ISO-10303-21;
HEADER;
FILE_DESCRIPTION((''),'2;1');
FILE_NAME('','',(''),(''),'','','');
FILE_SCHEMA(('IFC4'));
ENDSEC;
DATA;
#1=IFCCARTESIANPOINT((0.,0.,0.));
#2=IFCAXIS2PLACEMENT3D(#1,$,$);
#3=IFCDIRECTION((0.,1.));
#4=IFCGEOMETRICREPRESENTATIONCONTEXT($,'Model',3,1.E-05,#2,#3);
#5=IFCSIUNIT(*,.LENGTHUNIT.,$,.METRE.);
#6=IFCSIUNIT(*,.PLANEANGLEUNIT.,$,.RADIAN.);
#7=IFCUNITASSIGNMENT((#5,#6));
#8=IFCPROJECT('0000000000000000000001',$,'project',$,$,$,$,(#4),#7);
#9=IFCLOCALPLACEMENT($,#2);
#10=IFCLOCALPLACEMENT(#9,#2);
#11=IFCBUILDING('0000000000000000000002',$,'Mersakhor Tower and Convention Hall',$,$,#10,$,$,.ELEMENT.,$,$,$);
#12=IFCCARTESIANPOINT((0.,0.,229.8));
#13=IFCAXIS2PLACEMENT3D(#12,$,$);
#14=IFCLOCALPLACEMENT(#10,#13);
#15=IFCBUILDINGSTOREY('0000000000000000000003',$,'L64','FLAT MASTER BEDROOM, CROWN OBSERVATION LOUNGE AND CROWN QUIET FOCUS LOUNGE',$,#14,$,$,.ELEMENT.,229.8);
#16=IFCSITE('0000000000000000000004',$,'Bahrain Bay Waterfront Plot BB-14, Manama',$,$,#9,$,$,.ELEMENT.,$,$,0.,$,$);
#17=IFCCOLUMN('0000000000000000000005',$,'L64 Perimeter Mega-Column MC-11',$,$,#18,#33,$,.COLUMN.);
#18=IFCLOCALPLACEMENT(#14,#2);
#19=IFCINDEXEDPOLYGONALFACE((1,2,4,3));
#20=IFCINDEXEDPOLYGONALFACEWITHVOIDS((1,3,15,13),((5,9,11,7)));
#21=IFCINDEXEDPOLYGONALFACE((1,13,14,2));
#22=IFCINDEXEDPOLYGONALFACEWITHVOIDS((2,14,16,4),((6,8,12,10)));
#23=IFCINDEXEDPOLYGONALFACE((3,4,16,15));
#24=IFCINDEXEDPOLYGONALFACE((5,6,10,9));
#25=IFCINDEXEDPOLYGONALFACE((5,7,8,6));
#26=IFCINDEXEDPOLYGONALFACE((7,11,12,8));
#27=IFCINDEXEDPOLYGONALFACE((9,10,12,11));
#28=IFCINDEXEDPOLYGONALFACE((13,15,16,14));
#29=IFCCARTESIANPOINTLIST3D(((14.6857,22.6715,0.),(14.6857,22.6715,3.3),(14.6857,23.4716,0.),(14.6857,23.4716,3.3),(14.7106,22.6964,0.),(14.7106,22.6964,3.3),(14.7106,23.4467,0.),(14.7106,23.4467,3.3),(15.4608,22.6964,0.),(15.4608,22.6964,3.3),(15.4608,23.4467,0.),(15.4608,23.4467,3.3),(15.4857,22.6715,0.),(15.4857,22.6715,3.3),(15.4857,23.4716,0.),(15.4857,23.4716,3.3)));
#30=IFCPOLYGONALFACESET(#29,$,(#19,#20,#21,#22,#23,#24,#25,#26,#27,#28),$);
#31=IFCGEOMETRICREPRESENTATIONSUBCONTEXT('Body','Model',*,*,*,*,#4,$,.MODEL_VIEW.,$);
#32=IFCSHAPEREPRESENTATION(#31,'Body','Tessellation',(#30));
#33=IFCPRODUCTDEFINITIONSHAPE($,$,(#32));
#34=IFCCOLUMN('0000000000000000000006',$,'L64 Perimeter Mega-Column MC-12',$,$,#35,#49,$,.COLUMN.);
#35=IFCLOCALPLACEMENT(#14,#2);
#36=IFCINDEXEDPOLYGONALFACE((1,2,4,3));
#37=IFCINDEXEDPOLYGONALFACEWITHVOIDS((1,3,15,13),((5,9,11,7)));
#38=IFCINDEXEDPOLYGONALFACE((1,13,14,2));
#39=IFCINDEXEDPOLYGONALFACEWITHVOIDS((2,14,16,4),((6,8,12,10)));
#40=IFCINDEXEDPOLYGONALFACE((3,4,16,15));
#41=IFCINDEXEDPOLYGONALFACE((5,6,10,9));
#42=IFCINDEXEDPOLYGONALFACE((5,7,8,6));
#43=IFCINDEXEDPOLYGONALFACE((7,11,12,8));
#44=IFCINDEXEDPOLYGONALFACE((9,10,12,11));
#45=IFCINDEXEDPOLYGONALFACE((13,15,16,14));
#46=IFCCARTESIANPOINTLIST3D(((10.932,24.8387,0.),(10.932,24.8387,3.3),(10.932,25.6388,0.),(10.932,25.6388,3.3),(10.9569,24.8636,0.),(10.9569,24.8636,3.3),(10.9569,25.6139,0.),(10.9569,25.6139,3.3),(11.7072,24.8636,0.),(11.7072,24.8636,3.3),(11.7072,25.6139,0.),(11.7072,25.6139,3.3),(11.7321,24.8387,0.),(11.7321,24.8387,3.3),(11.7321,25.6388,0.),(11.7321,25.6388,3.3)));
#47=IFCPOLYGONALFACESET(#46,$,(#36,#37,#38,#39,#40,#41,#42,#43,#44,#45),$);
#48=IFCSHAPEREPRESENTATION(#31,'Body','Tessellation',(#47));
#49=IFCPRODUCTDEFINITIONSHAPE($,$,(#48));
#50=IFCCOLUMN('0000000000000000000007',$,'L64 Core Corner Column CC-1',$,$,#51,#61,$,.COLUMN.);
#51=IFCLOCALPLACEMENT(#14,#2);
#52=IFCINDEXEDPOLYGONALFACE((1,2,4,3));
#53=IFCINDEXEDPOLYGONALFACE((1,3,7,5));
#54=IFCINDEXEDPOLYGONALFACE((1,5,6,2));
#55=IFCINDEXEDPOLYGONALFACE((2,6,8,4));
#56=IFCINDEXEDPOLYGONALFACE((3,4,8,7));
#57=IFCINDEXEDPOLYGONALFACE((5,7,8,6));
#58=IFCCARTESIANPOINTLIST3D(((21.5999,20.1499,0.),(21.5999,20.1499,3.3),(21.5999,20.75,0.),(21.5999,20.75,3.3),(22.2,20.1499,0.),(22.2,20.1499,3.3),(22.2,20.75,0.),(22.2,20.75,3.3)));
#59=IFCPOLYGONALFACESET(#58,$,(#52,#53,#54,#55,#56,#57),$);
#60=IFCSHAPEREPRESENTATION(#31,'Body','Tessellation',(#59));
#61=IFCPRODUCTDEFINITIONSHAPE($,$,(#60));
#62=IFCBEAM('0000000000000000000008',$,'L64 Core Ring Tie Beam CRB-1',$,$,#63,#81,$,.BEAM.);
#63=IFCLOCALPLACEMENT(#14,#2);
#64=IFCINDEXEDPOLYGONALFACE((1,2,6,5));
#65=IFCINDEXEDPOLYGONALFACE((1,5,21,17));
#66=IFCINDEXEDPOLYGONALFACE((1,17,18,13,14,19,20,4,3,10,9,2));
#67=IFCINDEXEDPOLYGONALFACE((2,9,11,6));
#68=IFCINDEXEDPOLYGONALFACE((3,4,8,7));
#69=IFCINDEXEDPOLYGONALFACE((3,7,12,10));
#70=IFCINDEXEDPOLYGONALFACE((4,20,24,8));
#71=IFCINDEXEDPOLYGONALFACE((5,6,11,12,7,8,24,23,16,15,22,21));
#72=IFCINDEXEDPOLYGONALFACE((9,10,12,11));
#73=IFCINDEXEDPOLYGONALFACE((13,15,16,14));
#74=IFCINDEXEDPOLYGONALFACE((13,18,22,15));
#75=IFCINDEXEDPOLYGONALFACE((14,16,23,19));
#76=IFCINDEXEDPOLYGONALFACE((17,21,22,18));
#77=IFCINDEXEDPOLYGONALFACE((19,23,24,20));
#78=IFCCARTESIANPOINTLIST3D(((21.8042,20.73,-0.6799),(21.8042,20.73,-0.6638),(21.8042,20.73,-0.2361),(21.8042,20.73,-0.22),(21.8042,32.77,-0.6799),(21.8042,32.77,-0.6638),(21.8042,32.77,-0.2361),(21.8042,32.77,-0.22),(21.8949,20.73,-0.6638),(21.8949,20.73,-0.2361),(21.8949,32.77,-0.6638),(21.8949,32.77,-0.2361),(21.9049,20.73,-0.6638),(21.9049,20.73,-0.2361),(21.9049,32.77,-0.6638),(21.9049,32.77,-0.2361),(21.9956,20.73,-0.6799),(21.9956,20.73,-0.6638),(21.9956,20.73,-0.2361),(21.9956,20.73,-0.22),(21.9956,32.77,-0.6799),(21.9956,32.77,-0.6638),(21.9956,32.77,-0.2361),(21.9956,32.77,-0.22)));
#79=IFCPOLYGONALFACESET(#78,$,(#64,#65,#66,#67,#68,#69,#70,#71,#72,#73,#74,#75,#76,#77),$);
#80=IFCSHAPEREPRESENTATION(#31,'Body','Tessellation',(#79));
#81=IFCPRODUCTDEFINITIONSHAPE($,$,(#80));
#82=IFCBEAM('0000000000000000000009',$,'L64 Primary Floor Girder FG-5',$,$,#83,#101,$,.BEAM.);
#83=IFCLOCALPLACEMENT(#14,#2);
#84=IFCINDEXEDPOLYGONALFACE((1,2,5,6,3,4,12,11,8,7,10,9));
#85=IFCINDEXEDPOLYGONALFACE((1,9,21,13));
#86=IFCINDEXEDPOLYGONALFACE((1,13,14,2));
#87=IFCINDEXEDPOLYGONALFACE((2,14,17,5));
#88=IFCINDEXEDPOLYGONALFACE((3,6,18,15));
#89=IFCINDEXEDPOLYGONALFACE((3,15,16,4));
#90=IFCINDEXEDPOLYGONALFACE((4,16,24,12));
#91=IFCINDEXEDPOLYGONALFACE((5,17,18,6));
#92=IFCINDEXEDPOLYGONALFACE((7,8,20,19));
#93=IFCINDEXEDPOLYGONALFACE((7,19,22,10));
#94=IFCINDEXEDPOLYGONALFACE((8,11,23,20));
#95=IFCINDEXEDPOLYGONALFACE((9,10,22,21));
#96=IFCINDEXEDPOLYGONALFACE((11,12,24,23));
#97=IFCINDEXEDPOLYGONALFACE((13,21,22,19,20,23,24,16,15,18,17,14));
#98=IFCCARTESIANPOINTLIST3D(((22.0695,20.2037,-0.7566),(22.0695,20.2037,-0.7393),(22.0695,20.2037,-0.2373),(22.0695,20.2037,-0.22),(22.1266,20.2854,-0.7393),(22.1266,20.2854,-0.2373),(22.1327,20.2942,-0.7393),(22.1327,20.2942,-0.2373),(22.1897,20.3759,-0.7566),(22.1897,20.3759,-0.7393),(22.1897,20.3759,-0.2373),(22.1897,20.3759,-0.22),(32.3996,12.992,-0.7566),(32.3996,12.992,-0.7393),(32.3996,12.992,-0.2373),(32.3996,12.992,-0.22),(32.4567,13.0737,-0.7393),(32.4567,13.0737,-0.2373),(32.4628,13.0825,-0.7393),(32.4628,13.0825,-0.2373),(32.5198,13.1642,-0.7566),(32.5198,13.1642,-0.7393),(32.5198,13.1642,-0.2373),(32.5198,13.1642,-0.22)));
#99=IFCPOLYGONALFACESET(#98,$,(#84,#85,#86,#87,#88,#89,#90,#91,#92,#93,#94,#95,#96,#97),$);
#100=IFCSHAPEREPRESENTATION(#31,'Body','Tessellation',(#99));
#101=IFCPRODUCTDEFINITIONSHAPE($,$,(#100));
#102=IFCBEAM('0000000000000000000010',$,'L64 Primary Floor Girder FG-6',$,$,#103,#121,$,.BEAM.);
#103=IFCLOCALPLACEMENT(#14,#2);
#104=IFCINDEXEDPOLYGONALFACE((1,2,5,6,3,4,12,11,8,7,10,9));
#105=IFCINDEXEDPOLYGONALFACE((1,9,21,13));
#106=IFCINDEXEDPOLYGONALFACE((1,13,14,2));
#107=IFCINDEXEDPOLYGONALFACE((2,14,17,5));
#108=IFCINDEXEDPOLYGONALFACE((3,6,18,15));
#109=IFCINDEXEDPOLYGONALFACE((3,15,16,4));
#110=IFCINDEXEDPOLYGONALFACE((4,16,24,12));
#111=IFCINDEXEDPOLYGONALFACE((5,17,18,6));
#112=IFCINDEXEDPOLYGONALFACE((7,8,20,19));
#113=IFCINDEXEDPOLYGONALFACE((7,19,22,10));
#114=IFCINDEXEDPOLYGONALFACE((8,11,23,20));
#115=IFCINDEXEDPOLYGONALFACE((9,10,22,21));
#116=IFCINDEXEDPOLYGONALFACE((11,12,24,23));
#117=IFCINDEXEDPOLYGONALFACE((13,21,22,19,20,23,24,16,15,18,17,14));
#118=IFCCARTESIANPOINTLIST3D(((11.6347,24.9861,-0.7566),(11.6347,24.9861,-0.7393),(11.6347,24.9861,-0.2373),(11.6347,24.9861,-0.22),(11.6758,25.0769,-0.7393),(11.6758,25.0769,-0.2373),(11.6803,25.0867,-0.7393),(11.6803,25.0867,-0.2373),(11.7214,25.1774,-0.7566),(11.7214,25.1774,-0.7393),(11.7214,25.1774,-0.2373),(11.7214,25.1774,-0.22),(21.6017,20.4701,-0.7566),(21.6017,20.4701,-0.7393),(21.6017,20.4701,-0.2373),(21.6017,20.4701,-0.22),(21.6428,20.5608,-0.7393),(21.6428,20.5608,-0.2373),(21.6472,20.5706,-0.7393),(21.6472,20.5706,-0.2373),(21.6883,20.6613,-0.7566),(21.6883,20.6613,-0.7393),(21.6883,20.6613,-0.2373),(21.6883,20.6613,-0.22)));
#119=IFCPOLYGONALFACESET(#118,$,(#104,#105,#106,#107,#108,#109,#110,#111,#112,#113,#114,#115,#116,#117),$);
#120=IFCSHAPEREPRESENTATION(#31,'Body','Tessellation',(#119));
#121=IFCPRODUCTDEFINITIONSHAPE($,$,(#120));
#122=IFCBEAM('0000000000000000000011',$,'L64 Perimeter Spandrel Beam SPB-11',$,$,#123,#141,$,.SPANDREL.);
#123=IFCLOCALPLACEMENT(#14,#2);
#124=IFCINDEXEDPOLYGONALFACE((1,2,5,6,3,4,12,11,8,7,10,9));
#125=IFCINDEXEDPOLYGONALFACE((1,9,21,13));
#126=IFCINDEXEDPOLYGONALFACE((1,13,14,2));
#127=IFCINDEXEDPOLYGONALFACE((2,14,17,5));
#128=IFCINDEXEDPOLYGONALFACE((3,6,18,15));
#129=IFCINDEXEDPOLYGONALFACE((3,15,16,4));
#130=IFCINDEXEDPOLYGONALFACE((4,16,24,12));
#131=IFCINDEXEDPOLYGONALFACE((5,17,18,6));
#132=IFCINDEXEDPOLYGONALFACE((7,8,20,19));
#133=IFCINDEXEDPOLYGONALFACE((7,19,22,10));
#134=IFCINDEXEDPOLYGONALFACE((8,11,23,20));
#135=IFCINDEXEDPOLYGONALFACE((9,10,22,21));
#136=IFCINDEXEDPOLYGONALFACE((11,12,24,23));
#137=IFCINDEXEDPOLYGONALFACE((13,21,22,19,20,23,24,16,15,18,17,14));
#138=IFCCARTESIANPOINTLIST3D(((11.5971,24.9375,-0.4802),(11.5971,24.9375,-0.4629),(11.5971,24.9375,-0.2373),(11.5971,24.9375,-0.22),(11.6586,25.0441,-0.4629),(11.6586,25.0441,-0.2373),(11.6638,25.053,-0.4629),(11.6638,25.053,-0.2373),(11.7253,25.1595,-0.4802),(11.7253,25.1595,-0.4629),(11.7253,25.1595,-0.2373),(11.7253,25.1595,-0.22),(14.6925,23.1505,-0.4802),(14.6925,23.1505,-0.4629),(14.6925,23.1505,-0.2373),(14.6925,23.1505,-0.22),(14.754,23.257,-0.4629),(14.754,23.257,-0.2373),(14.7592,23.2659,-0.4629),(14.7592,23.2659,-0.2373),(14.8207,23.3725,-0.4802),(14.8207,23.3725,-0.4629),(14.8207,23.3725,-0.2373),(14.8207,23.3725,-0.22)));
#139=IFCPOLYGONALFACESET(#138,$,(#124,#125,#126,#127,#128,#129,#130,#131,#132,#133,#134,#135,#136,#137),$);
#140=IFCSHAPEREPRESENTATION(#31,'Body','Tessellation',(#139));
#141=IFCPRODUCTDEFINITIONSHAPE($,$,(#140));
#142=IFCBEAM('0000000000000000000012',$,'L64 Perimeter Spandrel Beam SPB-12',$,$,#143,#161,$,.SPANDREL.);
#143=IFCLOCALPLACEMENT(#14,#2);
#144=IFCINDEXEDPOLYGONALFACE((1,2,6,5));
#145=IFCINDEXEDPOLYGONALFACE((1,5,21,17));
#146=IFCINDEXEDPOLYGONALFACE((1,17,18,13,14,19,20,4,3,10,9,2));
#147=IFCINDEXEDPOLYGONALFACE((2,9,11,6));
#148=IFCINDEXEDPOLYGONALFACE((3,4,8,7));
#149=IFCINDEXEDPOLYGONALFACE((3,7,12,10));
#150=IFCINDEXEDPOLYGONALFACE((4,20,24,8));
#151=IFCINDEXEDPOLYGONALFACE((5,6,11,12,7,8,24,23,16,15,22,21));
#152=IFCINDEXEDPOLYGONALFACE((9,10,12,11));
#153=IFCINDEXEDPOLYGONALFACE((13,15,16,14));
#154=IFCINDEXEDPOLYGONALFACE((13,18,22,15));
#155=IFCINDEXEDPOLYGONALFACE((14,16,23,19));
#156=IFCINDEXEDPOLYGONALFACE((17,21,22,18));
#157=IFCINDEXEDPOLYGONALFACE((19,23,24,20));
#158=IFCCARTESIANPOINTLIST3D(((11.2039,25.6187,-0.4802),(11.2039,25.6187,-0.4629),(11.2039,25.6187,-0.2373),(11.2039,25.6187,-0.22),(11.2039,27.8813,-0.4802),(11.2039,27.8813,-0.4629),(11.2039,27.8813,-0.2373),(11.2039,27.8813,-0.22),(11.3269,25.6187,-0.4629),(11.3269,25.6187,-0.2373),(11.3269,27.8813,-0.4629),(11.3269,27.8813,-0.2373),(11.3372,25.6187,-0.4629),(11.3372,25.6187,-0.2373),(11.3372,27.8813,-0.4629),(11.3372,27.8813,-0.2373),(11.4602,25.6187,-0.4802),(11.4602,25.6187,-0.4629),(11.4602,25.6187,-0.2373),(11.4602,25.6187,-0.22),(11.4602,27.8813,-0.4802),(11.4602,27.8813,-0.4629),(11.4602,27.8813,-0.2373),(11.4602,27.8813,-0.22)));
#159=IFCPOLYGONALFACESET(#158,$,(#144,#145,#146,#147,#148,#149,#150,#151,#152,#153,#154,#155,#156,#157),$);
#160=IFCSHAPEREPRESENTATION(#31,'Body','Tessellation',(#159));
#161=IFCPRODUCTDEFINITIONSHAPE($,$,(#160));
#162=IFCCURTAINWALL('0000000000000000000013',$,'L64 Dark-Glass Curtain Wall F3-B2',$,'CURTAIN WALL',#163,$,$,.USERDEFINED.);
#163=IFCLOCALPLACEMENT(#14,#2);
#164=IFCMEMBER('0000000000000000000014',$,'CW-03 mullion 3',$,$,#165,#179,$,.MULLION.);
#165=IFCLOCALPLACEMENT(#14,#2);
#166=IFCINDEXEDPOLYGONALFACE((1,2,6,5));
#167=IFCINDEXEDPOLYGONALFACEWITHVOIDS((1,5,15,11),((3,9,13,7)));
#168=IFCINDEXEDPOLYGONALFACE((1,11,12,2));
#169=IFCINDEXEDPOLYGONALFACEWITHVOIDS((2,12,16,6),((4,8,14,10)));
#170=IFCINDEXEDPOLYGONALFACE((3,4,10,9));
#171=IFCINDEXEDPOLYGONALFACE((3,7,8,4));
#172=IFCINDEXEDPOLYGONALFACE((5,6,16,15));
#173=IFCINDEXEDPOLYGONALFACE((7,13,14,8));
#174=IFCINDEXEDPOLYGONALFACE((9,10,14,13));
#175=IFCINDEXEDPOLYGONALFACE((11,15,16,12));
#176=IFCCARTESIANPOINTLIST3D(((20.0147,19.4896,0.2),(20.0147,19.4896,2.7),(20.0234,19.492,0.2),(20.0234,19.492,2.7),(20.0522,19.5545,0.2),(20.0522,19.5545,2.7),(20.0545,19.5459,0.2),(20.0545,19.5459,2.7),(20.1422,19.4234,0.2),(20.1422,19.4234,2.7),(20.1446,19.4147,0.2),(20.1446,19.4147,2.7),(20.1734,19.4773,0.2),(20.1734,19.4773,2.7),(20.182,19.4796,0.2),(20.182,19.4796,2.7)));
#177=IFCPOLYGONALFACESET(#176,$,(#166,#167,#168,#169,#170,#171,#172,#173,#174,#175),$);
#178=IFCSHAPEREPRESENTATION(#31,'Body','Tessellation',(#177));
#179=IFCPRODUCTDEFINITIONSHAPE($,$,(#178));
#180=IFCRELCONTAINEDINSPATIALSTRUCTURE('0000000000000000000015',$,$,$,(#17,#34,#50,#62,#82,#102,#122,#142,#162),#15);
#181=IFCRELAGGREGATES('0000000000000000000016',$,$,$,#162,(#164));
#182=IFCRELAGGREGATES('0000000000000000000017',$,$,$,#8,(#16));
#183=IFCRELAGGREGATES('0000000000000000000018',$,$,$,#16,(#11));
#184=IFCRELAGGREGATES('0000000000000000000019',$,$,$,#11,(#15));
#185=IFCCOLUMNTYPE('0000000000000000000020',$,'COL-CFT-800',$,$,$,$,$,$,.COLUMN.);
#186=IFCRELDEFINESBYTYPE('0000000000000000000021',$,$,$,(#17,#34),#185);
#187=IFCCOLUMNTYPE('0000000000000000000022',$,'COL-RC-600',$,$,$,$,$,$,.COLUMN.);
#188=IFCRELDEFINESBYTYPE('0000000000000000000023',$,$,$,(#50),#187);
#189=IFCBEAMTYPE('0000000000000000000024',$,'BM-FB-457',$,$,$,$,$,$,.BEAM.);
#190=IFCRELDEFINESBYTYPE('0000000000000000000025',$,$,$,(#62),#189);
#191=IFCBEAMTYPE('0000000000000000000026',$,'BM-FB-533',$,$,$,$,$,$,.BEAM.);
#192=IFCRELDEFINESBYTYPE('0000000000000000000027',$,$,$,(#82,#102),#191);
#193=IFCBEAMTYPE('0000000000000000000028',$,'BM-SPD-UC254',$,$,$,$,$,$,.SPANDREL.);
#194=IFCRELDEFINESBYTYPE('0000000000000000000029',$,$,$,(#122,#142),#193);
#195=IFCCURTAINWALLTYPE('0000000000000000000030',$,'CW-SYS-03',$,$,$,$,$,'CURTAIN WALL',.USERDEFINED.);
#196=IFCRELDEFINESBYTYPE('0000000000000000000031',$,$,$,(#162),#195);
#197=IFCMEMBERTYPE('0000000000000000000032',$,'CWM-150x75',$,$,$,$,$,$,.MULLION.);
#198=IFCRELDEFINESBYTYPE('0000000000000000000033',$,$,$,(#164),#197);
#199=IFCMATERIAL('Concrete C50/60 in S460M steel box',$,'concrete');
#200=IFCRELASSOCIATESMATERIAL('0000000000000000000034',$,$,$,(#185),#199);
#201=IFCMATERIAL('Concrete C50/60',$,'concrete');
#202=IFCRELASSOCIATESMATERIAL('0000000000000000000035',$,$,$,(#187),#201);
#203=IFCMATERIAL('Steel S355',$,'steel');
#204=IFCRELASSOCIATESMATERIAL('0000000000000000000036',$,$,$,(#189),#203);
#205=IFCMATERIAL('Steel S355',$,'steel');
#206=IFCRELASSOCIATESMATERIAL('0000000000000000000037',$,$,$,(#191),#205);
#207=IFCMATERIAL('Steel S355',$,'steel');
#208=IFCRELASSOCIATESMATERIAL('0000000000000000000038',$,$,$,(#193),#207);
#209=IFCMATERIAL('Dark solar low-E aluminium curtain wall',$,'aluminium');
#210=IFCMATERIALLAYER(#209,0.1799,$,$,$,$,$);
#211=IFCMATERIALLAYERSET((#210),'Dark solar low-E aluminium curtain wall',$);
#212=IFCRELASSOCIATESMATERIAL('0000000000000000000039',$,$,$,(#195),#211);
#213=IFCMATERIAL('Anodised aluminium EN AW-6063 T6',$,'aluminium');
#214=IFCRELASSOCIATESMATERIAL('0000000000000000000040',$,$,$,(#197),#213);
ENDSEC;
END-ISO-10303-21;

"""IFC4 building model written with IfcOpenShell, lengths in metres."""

from ifc_helpers import new_model, si_unit, direction, frame, origin, origin_2d, place, context, subcontext, project, spatial, rectangle, hollow_rectangle, i_section, extrude, material, layer, layer_set, material_profile, profile_set, type_object, element, aggregate, save


model = new_model("IFC4")

# Units and contexts
model_context = context("Model", 3, precision=1e-05, world=origin(), true_north=direction((0.0, 1.0)))
body_context = subcontext(model_context, "Body", "Model", "MODEL_VIEW")
ifc_project = project(units=[si_unit("LENGTHUNIT", "METRE"), si_unit("PLANEANGLEUNIT", "RADIAN")], contexts=[model_context])

# Site, building, storey
site_placement = place(None, origin())
site = spatial("IfcSite", under=ifc_project, at=site_placement, Name="Bahrain Bay Waterfront Plot BB-14, Manama", CompositionType="ELEMENT", RefElevation=0.0)
building_placement = place(site_placement, origin())
building = spatial("IfcBuilding", under=site, at=building_placement, Name="Mersakhor Tower and Convention Hall", CompositionType="ELEMENT")
storey_placement = place(building_placement, frame((0.0, 0.0, 229.8)))
storey = spatial("IfcBuildingStorey", under=building, at=storey_placement, Name="L64", Description="FLAT MASTER BEDROOM, CROWN OBSERVATION LOUNGE AND CROWN QUIET FOCUS LOUNGE", CompositionType="ELEMENT", Elevation=229.8)

# Columns
ifc_material_1 = material(Name="Concrete C50/60 in S460M steel box", Category="concrete")
ifc_material_profile_1 = material_profile(ifc_material_1, hollow_rectangle(XDim=0.8, YDim=0.8, WallThickness=0.0249, at=origin_2d()), Name="SHS 800x800x25")
ifc_profile_set_1 = profile_set([ifc_material_profile_1], Name="Concrete C50/60 in S460M steel box")
column_type_1 = type_object("IfcColumnType", Name="COL-CFT-800", PredefinedType="COLUMN", material=ifc_profile_set_1)
for number, where, z_axis, x_axis, name in (
    (1, (15.0857, 23.0715, 0.0), (0.0, 0.0, 1.0), (1.0, 0.0, 0.0), "L64 Perimeter Mega-Column MC-11"),
    (2, (11.332, 25.2388, 0.0), (0.0, 0.0, 1.0), (1.0, 0.0, 0.0), "L64 Perimeter Mega-Column MC-12"),
):
    element("IfcColumn", number, at=place(storey_placement, frame(where, z_axis=z_axis, x_axis=x_axis)), inside=storey, type_object=column_type_1, Name=name, PredefinedType="COLUMN", context=body_context, shape_type="SweptSolid", body=[
        extrude(hollow_rectangle(XDim=0.8, YDim=0.8, WallThickness=0.0249, at=origin_2d()), origin(), (0.0, 0.0, 1.0), 3.3),
    ])
ifc_material_2 = material(Name="Concrete C50/60", Category="concrete")
ifc_material_profile_2 = material_profile(ifc_material_2, rectangle(XDim=0.6001, YDim=0.6001, at=origin_2d()), Name="RC 600x600")
ifc_profile_set_2 = profile_set([ifc_material_profile_2], Name="Concrete C50/60")
column_type_2 = type_object("IfcColumnType", Name="COL-RC-600", PredefinedType="COLUMN", material=ifc_profile_set_2)
column_placement = place(storey_placement, frame((21.8999, 20.45, 0.0), z_axis=(0.0, 0.0, 1.0), x_axis=(1.0, 0.0, 0.0)))
element("IfcColumn", 3, at=column_placement, inside=storey, type_object=column_type_2, Name="L64 Core Corner Column CC-1", PredefinedType="COLUMN", context=body_context, shape_type="SweptSolid", body=[
    extrude(rectangle(XDim=0.6001, YDim=0.6001, at=origin_2d()), origin(), (0.0, 0.0, 1.0), 3.3),
])

# Beams
ifc_material_3 = material(Name="Steel S355", Category="steel")
ifc_material_profile_3 = material_profile(ifc_material_3, i_section(OverallWidth=0.1914, OverallDepth=0.46, WebThickness=0.01, FlangeThickness=0.0161, at=origin_2d()), Name="UB 457x191x82")
ifc_profile_set_3 = profile_set([ifc_material_profile_3], Name="Steel S355")
beam_type_1 = type_object("IfcBeamType", Name="BM-FB-457", PredefinedType="BEAM", material=ifc_profile_set_3)
beam_1_placement = place(storey_placement, frame((21.8999, 20.73, -0.45), z_axis=(0.0, 1.0, 0.0), x_axis=(-1.0, 0.0, 0.0)))
element("IfcBeam", 4, at=beam_1_placement, inside=storey, type_object=beam_type_1, Name="L64 Core Ring Tie Beam CRB-1", PredefinedType="BEAM", context=body_context, shape_type="SweptSolid", body=[
    extrude(i_section(OverallWidth=0.1914, OverallDepth=0.46, WebThickness=0.01, FlangeThickness=0.0161, at=origin_2d()), origin(), (0.0, 0.0, 1.0), 12.04),
])
ifc_material_4 = material(Name="Steel S355", Category="steel")
ifc_material_profile_4 = material_profile(ifc_material_4, i_section(OverallWidth=0.21, OverallDepth=0.5366, WebThickness=0.0107, FlangeThickness=0.0173, at=origin_2d()), Name="UB 533x210x101")
ifc_profile_set_4 = profile_set([ifc_material_profile_4], Name="Steel S355")
beam_type_2 = type_object("IfcBeamType", Name="BM-FB-533", PredefinedType="BEAM", material=ifc_profile_set_4)
beam_2_placement = place(storey_placement, frame((22.1296, 20.2898, -0.4883), z_axis=(0.819954, -0.572429, 0.0), x_axis=(0.572429, 0.819954, 0.0)))
element("IfcBeam", 5, at=beam_2_placement, inside=storey, type_object=beam_type_2, Name="L64 Primary Floor Girder FG-5", PredefinedType="BEAM", context=body_context, shape_type="SweptSolid", body=[
    extrude(i_section(OverallWidth=0.21, OverallDepth=0.5366, WebThickness=0.0107, FlangeThickness=0.0173, at=origin_2d()), origin(), (0.0, 0.0, 1.0), 12.5984),
])
beam_3_placement = place(storey_placement, frame((21.645, 20.5657, -0.4883), z_axis=(-0.91086, 0.412715, 0.0), x_axis=(-0.412715, -0.91086, 0.0)))
element("IfcBeam", 6, at=beam_3_placement, inside=storey, type_object=beam_type_2, Name="L64 Primary Floor Girder FG-6", PredefinedType="BEAM", context=body_context, shape_type="SweptSolid", body=[
    extrude(i_section(OverallWidth=0.21, OverallDepth=0.5366, WebThickness=0.0107, FlangeThickness=0.0173, at=origin_2d()), origin(), (0.0, 0.0, 1.0), 10.9424),
])
ifc_material_5 = material(Name="Steel S355", Category="steel")
ifc_material_profile_5 = material_profile(ifc_material_5, i_section(OverallWidth=0.2563, OverallDepth=0.2603, WebThickness=0.0103, FlangeThickness=0.0173, at=origin_2d()), Name="UC 254x254x89")
ifc_profile_set_5 = profile_set([ifc_material_profile_5], Name="Steel S355")
beam_type_3 = type_object("IfcBeamType", Name="BM-SPD-UC254", PredefinedType="SPANDREL", material=ifc_profile_set_5)
beam_4_placement = place(storey_placement, frame((14.7566, 23.2615, -0.3501), z_axis=(-0.866032, 0.499989, 0.0), x_axis=(-0.499989, -0.866032, 0.0)))
element("IfcBeam", 7, at=beam_4_placement, inside=storey, type_object=beam_type_3, Name="L64 Perimeter Spandrel Beam SPB-11", PredefinedType="SPANDREL", context=body_context, shape_type="SweptSolid", body=[
    extrude(i_section(OverallWidth=0.2563, OverallDepth=0.2603, WebThickness=0.0103, FlangeThickness=0.0173, at=origin_2d()), origin(), (0.0, 0.0, 1.0), 3.5742),
])
beam_5_placement = place(storey_placement, frame((11.332, 25.6187, -0.3501), z_axis=(0.0, 1.0, 0.0), x_axis=(-1.0, 0.0, 0.0)))
element("IfcBeam", 8, at=beam_5_placement, inside=storey, type_object=beam_type_3, Name="L64 Perimeter Spandrel Beam SPB-12", PredefinedType="SPANDREL", context=body_context, shape_type="SweptSolid", body=[
    extrude(i_section(OverallWidth=0.2563, OverallDepth=0.2603, WebThickness=0.0103, FlangeThickness=0.0173, at=origin_2d()), origin(), (0.0, 0.0, 1.0), 2.2627),
])

# Curtain wall, member
ifc_material_6 = material(Name="Dark solar low-E aluminium curtain wall", Category="aluminium")
ifc_layer_1 = layer(ifc_material_6, 0.1799)
ifc_layer_set_1 = layer_set([ifc_layer_1], Name="Dark solar low-E aluminium curtain wall")
curtain_wall_type = type_object("IfcCurtainWallType", Name="CW-SYS-03", ElementType="CURTAIN WALL", PredefinedType="USERDEFINED", material=ifc_layer_set_1)
curtain_wall_placement = place(storey_placement, origin())
curtain_wall = element("IfcCurtainWall", 9, at=curtain_wall_placement, inside=storey, type_object=curtain_wall_type, Name="L64 Dark-Glass Curtain Wall F3-B2", ObjectType="CURTAIN WALL", PredefinedType="USERDEFINED")
ifc_material_7 = material(Name="Anodised aluminium EN AW-6063 T6", Category="aluminium")
ifc_material_profile_6 = material_profile(ifc_material_7, hollow_rectangle(XDim=0.075, YDim=0.1499, WallThickness=0.0063, at=origin_2d()), Name="RHS 150x75x6.3")
ifc_profile_set_6 = profile_set([ifc_material_profile_6], Name="Anodised aluminium EN AW-6063 T6")
member_type_1 = type_object("IfcMemberType", Name="CWM-150x75", PredefinedType="MULLION", material=ifc_profile_set_6)
member_1_placement = place(storey_placement, frame((20.0984, 19.4846, 0.2), z_axis=(0.0, 0.0, 1.0), x_axis=(-0.500004, -0.866023, 0.0)))
member_1 = element("IfcMember", 10, at=member_1_placement, type_object=member_type_1, Name="CW-03 mullion 3", PredefinedType="MULLION", context=body_context, shape_type="SweptSolid", body=[
    extrude(hollow_rectangle(XDim=0.075, YDim=0.1499, WallThickness=0.0063, at=origin_2d()), origin(), (0.0, 0.0, 1.0), 2.5),
])

aggregate(curtain_wall, [member_1])

save(model, "model.ifc")
